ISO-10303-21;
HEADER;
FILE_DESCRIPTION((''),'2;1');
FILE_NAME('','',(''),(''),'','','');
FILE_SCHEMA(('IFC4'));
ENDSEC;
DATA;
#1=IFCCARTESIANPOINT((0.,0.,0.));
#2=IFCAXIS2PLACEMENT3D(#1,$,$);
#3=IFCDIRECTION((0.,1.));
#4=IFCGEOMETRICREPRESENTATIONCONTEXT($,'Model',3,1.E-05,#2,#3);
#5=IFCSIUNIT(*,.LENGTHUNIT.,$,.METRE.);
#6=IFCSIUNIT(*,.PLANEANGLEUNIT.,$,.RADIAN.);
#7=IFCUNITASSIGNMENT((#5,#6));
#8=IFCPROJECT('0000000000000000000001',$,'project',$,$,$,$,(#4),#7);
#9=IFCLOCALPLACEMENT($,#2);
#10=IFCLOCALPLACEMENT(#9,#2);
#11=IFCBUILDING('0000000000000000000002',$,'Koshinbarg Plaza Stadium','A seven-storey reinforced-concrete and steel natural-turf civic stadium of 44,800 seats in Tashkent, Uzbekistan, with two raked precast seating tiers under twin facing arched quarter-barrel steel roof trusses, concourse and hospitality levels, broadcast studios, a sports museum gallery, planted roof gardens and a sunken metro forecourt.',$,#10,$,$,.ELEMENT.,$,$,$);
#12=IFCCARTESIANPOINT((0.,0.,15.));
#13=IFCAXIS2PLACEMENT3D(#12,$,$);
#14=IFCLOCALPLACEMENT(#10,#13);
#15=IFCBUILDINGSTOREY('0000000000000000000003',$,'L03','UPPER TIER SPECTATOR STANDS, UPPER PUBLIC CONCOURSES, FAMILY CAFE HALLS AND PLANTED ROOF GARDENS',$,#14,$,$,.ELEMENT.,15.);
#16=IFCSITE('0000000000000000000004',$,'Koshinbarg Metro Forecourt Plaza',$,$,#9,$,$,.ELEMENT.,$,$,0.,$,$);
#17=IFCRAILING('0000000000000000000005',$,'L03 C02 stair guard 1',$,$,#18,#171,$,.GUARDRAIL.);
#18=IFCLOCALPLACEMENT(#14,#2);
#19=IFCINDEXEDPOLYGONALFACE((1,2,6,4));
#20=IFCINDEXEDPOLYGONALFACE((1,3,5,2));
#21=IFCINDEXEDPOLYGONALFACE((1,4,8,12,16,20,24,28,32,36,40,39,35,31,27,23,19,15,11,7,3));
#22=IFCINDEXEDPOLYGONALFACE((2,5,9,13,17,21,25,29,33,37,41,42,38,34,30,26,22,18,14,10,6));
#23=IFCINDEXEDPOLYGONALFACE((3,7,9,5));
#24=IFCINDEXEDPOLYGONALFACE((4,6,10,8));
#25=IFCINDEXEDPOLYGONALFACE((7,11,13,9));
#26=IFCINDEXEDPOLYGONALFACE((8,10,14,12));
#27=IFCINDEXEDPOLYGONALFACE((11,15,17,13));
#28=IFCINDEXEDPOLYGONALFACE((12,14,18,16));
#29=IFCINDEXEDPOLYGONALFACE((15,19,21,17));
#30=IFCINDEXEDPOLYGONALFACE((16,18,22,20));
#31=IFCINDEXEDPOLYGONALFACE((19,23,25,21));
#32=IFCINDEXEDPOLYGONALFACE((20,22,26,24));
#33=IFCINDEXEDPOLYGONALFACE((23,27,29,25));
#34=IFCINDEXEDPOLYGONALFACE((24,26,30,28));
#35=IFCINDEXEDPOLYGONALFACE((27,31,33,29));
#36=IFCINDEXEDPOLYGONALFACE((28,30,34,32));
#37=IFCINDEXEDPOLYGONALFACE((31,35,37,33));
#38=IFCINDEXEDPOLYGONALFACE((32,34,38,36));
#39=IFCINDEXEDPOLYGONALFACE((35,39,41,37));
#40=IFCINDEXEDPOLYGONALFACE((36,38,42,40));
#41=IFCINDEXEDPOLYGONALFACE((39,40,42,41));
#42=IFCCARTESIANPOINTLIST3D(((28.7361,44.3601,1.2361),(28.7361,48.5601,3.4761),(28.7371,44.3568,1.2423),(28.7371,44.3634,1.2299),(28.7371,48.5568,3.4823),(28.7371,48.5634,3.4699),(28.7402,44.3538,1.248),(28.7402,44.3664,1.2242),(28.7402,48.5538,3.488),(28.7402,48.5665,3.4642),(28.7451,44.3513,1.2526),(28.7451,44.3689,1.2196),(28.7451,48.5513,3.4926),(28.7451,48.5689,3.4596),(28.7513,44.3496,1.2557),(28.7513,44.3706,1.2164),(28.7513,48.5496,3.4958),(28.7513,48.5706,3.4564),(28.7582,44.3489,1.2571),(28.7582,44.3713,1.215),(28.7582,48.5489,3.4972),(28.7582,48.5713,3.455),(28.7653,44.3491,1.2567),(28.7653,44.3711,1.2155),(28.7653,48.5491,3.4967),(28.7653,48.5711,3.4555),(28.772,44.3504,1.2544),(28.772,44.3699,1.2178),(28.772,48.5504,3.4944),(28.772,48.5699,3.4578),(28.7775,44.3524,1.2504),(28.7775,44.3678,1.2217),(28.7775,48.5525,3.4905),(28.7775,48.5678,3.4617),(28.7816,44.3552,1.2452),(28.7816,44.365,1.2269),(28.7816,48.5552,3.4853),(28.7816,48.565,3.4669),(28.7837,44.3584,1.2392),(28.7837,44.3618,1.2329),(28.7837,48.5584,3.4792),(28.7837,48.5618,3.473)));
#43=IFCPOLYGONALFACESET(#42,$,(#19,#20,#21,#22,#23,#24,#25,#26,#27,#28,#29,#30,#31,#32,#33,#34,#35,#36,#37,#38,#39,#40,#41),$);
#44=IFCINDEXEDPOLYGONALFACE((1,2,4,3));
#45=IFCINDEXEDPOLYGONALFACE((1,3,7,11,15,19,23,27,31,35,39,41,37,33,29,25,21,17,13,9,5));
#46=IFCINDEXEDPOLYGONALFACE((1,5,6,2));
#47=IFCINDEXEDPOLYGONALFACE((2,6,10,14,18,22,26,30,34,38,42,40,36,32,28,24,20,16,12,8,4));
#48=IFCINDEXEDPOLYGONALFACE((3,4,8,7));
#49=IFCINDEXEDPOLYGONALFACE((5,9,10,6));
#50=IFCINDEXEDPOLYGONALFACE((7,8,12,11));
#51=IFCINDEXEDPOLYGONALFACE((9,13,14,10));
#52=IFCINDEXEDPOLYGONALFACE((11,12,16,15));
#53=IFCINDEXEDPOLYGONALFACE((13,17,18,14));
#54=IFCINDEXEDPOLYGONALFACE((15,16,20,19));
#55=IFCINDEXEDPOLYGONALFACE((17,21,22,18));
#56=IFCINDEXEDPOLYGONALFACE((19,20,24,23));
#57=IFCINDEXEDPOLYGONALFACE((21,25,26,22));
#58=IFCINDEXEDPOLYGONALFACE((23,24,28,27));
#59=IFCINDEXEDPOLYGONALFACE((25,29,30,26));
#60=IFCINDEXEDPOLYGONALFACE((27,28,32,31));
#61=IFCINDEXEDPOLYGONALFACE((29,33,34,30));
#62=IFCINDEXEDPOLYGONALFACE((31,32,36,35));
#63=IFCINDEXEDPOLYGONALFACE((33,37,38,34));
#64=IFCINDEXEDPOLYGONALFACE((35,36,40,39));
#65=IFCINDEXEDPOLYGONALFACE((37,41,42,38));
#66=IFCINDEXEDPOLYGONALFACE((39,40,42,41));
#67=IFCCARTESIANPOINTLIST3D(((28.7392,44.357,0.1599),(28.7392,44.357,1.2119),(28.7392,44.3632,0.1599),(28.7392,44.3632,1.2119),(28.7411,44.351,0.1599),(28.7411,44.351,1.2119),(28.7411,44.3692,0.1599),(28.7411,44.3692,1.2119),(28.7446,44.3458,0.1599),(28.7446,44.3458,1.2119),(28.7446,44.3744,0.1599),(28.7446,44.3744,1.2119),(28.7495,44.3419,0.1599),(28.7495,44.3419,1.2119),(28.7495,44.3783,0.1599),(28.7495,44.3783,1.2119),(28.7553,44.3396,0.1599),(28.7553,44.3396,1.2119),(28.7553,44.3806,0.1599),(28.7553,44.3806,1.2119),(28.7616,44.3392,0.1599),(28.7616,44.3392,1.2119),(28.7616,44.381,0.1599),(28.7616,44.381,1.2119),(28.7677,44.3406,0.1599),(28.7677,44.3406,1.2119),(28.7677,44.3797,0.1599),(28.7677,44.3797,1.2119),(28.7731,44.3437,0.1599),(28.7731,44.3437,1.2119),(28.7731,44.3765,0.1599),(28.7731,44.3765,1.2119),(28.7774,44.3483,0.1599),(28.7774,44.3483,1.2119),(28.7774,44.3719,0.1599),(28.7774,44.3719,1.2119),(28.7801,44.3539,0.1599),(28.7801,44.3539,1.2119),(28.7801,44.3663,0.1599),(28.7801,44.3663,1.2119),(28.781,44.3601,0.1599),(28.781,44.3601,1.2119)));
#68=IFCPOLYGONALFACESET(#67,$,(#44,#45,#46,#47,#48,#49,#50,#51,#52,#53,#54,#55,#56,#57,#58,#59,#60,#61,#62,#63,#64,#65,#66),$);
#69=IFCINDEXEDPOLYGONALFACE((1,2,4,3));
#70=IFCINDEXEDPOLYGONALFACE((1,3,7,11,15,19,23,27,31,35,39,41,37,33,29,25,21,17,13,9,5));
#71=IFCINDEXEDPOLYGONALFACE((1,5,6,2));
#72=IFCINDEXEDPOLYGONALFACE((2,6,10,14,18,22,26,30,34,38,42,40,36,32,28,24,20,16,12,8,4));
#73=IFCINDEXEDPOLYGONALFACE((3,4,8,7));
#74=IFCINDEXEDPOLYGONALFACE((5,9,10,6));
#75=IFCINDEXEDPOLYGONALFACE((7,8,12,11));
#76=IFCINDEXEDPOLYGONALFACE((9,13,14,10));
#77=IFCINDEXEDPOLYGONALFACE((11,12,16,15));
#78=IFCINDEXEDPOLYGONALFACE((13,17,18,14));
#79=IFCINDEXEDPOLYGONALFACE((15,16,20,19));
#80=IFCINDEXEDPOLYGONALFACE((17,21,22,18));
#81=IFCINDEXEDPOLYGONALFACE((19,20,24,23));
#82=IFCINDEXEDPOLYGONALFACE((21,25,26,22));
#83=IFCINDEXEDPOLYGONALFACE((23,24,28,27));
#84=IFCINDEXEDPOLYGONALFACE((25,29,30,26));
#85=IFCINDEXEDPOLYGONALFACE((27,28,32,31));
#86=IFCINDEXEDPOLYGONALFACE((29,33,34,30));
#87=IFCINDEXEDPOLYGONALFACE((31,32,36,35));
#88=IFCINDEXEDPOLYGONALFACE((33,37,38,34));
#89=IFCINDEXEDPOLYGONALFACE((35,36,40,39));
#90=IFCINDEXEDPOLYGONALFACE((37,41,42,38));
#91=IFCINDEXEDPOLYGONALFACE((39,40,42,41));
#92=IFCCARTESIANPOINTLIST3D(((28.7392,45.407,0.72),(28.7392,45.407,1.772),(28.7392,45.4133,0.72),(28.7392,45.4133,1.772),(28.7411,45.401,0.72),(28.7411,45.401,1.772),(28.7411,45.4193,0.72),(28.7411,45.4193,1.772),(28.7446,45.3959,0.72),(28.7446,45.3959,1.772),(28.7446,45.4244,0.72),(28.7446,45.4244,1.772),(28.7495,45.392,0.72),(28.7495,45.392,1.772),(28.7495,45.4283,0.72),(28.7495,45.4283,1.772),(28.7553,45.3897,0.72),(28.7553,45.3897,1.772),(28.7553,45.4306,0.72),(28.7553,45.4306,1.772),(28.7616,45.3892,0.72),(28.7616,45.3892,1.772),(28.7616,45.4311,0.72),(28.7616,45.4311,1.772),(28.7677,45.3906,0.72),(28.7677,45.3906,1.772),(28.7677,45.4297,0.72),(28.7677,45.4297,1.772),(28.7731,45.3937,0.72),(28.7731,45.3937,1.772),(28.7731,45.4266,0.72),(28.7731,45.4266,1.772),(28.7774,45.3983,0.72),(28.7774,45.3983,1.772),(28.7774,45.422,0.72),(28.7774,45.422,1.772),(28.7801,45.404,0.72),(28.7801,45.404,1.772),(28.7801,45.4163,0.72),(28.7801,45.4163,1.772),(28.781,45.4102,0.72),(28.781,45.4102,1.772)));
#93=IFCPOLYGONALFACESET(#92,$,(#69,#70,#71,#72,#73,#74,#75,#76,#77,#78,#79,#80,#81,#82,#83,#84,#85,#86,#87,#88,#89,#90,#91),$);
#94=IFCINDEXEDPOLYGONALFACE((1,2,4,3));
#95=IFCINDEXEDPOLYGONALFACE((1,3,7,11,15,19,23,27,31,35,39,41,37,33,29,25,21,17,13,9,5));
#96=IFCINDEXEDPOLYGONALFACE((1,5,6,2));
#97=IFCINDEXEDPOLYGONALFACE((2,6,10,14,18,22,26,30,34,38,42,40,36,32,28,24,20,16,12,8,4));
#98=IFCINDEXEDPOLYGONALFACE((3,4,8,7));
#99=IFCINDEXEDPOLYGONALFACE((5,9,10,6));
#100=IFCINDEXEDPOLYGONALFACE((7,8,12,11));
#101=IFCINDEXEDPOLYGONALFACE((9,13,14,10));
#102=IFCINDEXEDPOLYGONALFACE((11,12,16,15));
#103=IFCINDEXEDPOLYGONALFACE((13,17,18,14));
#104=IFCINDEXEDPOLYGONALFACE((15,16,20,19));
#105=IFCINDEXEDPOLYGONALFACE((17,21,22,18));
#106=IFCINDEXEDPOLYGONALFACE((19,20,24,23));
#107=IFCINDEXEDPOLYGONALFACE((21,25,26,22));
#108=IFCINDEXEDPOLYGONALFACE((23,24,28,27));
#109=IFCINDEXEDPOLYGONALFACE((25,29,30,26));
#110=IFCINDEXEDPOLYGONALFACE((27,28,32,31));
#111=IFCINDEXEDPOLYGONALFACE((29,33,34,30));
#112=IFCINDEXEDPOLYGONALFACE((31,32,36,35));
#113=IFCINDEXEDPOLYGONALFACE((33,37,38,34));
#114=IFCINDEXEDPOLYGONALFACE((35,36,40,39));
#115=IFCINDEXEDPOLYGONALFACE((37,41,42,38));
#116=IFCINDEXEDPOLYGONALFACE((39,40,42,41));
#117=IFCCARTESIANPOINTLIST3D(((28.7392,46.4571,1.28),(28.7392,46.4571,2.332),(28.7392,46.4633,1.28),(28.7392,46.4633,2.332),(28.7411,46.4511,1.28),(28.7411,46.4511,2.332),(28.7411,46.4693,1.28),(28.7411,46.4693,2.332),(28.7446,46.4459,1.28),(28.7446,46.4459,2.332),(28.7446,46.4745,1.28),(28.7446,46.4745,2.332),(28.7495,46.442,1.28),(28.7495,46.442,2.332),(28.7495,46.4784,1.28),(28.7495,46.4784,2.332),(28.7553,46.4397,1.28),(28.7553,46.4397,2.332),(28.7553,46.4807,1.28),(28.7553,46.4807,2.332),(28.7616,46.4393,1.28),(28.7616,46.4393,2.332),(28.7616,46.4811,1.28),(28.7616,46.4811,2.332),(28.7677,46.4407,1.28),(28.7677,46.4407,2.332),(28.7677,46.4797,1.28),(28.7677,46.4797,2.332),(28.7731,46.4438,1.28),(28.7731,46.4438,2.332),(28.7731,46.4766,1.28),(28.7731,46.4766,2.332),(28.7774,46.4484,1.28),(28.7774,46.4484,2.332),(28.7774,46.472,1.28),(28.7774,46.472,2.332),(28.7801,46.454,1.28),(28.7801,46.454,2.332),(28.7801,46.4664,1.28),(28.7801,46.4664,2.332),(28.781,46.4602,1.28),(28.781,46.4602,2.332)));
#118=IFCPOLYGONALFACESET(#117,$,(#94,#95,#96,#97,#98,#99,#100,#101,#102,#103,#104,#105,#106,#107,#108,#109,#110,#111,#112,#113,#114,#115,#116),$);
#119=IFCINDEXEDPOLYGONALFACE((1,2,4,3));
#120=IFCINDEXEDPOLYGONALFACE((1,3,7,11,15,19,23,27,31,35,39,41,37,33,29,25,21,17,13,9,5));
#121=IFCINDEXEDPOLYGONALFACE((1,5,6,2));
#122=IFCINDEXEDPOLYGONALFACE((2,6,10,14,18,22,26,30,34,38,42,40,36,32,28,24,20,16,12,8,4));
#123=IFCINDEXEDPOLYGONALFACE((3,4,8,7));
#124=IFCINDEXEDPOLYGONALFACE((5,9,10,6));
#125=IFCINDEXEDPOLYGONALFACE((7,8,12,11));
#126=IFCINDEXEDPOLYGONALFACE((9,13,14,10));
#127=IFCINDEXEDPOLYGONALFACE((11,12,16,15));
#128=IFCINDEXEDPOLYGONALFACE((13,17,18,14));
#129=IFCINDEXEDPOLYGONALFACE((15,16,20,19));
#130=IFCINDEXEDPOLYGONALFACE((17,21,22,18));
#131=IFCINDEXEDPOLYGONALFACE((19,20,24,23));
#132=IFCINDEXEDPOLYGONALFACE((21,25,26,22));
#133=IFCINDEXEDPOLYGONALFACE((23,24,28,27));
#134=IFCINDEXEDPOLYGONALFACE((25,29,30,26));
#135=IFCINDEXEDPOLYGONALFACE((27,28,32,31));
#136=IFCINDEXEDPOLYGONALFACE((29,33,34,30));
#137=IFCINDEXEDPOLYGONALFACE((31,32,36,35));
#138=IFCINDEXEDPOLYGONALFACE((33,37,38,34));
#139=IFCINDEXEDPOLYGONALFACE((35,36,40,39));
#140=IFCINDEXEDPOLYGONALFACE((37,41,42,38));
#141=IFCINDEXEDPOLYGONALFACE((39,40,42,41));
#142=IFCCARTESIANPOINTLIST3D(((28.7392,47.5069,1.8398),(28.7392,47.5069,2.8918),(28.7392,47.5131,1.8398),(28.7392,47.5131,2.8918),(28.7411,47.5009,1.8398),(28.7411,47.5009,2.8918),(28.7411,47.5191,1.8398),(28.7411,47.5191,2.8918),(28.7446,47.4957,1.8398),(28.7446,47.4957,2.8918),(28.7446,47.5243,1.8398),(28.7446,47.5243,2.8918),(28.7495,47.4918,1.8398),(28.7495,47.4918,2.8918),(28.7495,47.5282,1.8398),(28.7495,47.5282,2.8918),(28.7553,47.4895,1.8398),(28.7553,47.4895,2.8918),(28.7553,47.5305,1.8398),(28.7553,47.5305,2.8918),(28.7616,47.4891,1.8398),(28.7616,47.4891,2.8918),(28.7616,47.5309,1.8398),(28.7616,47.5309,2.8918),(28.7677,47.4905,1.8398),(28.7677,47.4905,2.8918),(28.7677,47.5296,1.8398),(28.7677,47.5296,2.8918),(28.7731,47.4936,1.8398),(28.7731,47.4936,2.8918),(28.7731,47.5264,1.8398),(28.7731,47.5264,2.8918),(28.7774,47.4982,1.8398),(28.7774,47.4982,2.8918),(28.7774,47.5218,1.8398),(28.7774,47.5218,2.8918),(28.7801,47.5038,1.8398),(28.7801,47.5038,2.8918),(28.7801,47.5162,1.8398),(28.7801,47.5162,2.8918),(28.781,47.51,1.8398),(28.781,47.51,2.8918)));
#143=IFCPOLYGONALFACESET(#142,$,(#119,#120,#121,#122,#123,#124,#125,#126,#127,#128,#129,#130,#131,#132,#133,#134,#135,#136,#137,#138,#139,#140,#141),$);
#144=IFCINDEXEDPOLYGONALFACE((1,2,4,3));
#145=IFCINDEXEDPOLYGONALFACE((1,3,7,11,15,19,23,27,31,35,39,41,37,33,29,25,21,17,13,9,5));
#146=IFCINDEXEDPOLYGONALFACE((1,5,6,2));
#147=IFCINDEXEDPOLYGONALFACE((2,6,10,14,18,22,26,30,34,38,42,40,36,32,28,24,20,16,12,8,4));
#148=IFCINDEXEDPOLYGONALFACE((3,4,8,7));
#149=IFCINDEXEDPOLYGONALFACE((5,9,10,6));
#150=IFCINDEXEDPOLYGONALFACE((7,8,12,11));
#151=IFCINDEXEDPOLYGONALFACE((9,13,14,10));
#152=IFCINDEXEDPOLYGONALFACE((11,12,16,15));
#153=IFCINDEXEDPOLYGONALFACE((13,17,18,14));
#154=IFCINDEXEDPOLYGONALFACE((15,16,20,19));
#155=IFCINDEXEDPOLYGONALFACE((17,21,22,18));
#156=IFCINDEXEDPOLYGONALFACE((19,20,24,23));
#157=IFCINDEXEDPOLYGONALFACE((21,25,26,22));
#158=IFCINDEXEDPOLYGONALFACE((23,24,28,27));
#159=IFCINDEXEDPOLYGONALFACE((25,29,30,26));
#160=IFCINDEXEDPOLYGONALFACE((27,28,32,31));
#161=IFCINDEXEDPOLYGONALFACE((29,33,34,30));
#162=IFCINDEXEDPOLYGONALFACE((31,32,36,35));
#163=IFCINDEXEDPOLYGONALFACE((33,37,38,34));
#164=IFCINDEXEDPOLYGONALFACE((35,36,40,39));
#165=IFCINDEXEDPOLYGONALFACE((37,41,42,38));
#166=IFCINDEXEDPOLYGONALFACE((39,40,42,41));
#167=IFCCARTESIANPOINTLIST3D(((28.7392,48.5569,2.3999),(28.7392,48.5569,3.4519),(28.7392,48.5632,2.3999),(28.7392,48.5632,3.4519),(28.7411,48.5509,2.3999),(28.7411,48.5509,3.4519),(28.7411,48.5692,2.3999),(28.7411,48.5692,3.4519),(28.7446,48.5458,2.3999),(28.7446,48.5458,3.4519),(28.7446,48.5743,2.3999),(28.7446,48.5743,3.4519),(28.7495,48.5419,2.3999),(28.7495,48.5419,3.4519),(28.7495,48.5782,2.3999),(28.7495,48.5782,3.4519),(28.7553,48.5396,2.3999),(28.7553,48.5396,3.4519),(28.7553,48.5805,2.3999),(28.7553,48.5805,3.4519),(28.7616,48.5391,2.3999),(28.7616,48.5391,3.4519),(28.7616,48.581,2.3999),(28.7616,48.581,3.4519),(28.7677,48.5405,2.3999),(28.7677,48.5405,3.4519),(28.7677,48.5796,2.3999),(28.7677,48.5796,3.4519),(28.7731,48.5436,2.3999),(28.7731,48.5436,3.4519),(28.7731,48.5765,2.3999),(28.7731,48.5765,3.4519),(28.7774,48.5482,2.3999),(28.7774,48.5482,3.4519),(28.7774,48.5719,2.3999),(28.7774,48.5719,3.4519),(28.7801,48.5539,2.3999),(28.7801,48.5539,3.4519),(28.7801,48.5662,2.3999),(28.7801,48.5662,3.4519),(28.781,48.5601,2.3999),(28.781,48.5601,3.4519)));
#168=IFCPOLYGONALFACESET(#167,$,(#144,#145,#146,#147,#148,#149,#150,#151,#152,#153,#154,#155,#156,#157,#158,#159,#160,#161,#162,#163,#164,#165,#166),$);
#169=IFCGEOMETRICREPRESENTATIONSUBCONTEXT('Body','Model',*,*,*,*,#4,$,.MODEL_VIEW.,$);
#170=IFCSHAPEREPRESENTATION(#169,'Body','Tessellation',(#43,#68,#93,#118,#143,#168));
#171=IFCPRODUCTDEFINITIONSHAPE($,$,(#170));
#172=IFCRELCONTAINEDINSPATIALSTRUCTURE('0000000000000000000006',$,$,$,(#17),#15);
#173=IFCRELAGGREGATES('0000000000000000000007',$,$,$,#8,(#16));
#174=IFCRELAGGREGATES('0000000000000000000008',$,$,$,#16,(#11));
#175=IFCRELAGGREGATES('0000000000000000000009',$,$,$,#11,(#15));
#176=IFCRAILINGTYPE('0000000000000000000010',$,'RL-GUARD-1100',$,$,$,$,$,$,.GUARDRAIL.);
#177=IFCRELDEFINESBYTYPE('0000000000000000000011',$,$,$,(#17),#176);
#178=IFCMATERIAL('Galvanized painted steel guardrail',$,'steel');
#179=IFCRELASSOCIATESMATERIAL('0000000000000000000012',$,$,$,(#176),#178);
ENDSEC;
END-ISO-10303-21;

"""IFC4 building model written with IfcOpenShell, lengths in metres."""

from ifc_helpers import new_model, si_unit, direction, frame, origin, origin_2d, place, context, subcontext, project, spatial, circle, extrude, material, type_object, element, save


model = new_model("IFC4")

# Units and contexts
model_context = context("Model", 3, precision=1e-05, world=origin(), true_north=direction((0.0, 1.0)))
body_context = subcontext(model_context, "Body", "Model", "MODEL_VIEW")
ifc_project = project(units=[si_unit("LENGTHUNIT", "METRE"), si_unit("PLANEANGLEUNIT", "RADIAN")], contexts=[model_context])

# Site, building, storey
site_placement = place(None, origin())
site = spatial("IfcSite", under=ifc_project, at=site_placement, Name="Koshinbarg Metro Forecourt Plaza", CompositionType="ELEMENT", RefElevation=0.0)
building_placement = place(site_placement, origin())
building = spatial("IfcBuilding", under=site, at=building_placement, Name="Koshinbarg Plaza Stadium", Description="A seven-storey reinforced-concrete and steel natural-turf civic stadium of 44,800 seats in Tashkent, Uzbekistan, with two raked precast seating tiers under twin facing arched quarter-barrel steel roof trusses, concourse and hospitality levels, broadcast studios, a sports museum gallery, planted roof gardens and a sunken metro forecourt.", CompositionType="ELEMENT")
storey_placement = place(building_placement, frame((0.0, 0.0, 15.0)))
storey = spatial("IfcBuildingStorey", under=building, at=storey_placement, Name="L03", Description="UPPER TIER SPECTATOR STANDS, UPPER PUBLIC CONCOURSES, FAMILY CAFE HALLS AND PLANTED ROOF GARDENS", CompositionType="ELEMENT", Elevation=15.0)

# Railing
ifc_material_1 = material(Name="Galvanized painted steel guardrail", Category="steel")
railing_type_1 = type_object("IfcRailingType", Name="RL-GUARD-1100", PredefinedType="GUARDRAIL", material=ifc_material_1)
railing_1_placement = place(storey_placement, frame((28.76, 44.3601, 0.1599)))
element("IfcRailing", 1, at=railing_1_placement, inside=storey, type_object=railing_type_1, Name="L03 C02 stair guard 1", PredefinedType="GUARDRAIL", context=body_context, shape_type="SweptSolid", body=[
    extrude(circle(Radius=0.0239, at=origin_2d()), frame((0.0, 0.0, 1.0762), z_axis=(0.0, 0.882352, 0.470591), x_axis=(-1.0, 0.0, 0.0)), (0.0, 0.0, 1.0), 4.76),
    extrude(circle(Radius=0.021, at=origin_2d()), origin(), (0.0, 0.0, 1.0), 1.052),
    extrude(circle(Radius=0.021, at=origin_2d()), frame((0.0, 1.05, 0.5601)), (0.0, 0.0, 1.0), 1.052),
    extrude(circle(Radius=0.021, at=origin_2d()), frame((0.0, 2.1001, 1.1201)), (0.0, 0.0, 1.0), 1.052),
    extrude(circle(Radius=0.021, at=origin_2d()), frame((0.0, 3.1499, 1.6799)), (0.0, 0.0, 1.0), 1.052),
    extrude(circle(Radius=0.021, at=origin_2d()), frame((0.0, 4.2, 2.24)), (0.0, 0.0, 1.0), 1.052),
])

save(model, "model.ifc")
